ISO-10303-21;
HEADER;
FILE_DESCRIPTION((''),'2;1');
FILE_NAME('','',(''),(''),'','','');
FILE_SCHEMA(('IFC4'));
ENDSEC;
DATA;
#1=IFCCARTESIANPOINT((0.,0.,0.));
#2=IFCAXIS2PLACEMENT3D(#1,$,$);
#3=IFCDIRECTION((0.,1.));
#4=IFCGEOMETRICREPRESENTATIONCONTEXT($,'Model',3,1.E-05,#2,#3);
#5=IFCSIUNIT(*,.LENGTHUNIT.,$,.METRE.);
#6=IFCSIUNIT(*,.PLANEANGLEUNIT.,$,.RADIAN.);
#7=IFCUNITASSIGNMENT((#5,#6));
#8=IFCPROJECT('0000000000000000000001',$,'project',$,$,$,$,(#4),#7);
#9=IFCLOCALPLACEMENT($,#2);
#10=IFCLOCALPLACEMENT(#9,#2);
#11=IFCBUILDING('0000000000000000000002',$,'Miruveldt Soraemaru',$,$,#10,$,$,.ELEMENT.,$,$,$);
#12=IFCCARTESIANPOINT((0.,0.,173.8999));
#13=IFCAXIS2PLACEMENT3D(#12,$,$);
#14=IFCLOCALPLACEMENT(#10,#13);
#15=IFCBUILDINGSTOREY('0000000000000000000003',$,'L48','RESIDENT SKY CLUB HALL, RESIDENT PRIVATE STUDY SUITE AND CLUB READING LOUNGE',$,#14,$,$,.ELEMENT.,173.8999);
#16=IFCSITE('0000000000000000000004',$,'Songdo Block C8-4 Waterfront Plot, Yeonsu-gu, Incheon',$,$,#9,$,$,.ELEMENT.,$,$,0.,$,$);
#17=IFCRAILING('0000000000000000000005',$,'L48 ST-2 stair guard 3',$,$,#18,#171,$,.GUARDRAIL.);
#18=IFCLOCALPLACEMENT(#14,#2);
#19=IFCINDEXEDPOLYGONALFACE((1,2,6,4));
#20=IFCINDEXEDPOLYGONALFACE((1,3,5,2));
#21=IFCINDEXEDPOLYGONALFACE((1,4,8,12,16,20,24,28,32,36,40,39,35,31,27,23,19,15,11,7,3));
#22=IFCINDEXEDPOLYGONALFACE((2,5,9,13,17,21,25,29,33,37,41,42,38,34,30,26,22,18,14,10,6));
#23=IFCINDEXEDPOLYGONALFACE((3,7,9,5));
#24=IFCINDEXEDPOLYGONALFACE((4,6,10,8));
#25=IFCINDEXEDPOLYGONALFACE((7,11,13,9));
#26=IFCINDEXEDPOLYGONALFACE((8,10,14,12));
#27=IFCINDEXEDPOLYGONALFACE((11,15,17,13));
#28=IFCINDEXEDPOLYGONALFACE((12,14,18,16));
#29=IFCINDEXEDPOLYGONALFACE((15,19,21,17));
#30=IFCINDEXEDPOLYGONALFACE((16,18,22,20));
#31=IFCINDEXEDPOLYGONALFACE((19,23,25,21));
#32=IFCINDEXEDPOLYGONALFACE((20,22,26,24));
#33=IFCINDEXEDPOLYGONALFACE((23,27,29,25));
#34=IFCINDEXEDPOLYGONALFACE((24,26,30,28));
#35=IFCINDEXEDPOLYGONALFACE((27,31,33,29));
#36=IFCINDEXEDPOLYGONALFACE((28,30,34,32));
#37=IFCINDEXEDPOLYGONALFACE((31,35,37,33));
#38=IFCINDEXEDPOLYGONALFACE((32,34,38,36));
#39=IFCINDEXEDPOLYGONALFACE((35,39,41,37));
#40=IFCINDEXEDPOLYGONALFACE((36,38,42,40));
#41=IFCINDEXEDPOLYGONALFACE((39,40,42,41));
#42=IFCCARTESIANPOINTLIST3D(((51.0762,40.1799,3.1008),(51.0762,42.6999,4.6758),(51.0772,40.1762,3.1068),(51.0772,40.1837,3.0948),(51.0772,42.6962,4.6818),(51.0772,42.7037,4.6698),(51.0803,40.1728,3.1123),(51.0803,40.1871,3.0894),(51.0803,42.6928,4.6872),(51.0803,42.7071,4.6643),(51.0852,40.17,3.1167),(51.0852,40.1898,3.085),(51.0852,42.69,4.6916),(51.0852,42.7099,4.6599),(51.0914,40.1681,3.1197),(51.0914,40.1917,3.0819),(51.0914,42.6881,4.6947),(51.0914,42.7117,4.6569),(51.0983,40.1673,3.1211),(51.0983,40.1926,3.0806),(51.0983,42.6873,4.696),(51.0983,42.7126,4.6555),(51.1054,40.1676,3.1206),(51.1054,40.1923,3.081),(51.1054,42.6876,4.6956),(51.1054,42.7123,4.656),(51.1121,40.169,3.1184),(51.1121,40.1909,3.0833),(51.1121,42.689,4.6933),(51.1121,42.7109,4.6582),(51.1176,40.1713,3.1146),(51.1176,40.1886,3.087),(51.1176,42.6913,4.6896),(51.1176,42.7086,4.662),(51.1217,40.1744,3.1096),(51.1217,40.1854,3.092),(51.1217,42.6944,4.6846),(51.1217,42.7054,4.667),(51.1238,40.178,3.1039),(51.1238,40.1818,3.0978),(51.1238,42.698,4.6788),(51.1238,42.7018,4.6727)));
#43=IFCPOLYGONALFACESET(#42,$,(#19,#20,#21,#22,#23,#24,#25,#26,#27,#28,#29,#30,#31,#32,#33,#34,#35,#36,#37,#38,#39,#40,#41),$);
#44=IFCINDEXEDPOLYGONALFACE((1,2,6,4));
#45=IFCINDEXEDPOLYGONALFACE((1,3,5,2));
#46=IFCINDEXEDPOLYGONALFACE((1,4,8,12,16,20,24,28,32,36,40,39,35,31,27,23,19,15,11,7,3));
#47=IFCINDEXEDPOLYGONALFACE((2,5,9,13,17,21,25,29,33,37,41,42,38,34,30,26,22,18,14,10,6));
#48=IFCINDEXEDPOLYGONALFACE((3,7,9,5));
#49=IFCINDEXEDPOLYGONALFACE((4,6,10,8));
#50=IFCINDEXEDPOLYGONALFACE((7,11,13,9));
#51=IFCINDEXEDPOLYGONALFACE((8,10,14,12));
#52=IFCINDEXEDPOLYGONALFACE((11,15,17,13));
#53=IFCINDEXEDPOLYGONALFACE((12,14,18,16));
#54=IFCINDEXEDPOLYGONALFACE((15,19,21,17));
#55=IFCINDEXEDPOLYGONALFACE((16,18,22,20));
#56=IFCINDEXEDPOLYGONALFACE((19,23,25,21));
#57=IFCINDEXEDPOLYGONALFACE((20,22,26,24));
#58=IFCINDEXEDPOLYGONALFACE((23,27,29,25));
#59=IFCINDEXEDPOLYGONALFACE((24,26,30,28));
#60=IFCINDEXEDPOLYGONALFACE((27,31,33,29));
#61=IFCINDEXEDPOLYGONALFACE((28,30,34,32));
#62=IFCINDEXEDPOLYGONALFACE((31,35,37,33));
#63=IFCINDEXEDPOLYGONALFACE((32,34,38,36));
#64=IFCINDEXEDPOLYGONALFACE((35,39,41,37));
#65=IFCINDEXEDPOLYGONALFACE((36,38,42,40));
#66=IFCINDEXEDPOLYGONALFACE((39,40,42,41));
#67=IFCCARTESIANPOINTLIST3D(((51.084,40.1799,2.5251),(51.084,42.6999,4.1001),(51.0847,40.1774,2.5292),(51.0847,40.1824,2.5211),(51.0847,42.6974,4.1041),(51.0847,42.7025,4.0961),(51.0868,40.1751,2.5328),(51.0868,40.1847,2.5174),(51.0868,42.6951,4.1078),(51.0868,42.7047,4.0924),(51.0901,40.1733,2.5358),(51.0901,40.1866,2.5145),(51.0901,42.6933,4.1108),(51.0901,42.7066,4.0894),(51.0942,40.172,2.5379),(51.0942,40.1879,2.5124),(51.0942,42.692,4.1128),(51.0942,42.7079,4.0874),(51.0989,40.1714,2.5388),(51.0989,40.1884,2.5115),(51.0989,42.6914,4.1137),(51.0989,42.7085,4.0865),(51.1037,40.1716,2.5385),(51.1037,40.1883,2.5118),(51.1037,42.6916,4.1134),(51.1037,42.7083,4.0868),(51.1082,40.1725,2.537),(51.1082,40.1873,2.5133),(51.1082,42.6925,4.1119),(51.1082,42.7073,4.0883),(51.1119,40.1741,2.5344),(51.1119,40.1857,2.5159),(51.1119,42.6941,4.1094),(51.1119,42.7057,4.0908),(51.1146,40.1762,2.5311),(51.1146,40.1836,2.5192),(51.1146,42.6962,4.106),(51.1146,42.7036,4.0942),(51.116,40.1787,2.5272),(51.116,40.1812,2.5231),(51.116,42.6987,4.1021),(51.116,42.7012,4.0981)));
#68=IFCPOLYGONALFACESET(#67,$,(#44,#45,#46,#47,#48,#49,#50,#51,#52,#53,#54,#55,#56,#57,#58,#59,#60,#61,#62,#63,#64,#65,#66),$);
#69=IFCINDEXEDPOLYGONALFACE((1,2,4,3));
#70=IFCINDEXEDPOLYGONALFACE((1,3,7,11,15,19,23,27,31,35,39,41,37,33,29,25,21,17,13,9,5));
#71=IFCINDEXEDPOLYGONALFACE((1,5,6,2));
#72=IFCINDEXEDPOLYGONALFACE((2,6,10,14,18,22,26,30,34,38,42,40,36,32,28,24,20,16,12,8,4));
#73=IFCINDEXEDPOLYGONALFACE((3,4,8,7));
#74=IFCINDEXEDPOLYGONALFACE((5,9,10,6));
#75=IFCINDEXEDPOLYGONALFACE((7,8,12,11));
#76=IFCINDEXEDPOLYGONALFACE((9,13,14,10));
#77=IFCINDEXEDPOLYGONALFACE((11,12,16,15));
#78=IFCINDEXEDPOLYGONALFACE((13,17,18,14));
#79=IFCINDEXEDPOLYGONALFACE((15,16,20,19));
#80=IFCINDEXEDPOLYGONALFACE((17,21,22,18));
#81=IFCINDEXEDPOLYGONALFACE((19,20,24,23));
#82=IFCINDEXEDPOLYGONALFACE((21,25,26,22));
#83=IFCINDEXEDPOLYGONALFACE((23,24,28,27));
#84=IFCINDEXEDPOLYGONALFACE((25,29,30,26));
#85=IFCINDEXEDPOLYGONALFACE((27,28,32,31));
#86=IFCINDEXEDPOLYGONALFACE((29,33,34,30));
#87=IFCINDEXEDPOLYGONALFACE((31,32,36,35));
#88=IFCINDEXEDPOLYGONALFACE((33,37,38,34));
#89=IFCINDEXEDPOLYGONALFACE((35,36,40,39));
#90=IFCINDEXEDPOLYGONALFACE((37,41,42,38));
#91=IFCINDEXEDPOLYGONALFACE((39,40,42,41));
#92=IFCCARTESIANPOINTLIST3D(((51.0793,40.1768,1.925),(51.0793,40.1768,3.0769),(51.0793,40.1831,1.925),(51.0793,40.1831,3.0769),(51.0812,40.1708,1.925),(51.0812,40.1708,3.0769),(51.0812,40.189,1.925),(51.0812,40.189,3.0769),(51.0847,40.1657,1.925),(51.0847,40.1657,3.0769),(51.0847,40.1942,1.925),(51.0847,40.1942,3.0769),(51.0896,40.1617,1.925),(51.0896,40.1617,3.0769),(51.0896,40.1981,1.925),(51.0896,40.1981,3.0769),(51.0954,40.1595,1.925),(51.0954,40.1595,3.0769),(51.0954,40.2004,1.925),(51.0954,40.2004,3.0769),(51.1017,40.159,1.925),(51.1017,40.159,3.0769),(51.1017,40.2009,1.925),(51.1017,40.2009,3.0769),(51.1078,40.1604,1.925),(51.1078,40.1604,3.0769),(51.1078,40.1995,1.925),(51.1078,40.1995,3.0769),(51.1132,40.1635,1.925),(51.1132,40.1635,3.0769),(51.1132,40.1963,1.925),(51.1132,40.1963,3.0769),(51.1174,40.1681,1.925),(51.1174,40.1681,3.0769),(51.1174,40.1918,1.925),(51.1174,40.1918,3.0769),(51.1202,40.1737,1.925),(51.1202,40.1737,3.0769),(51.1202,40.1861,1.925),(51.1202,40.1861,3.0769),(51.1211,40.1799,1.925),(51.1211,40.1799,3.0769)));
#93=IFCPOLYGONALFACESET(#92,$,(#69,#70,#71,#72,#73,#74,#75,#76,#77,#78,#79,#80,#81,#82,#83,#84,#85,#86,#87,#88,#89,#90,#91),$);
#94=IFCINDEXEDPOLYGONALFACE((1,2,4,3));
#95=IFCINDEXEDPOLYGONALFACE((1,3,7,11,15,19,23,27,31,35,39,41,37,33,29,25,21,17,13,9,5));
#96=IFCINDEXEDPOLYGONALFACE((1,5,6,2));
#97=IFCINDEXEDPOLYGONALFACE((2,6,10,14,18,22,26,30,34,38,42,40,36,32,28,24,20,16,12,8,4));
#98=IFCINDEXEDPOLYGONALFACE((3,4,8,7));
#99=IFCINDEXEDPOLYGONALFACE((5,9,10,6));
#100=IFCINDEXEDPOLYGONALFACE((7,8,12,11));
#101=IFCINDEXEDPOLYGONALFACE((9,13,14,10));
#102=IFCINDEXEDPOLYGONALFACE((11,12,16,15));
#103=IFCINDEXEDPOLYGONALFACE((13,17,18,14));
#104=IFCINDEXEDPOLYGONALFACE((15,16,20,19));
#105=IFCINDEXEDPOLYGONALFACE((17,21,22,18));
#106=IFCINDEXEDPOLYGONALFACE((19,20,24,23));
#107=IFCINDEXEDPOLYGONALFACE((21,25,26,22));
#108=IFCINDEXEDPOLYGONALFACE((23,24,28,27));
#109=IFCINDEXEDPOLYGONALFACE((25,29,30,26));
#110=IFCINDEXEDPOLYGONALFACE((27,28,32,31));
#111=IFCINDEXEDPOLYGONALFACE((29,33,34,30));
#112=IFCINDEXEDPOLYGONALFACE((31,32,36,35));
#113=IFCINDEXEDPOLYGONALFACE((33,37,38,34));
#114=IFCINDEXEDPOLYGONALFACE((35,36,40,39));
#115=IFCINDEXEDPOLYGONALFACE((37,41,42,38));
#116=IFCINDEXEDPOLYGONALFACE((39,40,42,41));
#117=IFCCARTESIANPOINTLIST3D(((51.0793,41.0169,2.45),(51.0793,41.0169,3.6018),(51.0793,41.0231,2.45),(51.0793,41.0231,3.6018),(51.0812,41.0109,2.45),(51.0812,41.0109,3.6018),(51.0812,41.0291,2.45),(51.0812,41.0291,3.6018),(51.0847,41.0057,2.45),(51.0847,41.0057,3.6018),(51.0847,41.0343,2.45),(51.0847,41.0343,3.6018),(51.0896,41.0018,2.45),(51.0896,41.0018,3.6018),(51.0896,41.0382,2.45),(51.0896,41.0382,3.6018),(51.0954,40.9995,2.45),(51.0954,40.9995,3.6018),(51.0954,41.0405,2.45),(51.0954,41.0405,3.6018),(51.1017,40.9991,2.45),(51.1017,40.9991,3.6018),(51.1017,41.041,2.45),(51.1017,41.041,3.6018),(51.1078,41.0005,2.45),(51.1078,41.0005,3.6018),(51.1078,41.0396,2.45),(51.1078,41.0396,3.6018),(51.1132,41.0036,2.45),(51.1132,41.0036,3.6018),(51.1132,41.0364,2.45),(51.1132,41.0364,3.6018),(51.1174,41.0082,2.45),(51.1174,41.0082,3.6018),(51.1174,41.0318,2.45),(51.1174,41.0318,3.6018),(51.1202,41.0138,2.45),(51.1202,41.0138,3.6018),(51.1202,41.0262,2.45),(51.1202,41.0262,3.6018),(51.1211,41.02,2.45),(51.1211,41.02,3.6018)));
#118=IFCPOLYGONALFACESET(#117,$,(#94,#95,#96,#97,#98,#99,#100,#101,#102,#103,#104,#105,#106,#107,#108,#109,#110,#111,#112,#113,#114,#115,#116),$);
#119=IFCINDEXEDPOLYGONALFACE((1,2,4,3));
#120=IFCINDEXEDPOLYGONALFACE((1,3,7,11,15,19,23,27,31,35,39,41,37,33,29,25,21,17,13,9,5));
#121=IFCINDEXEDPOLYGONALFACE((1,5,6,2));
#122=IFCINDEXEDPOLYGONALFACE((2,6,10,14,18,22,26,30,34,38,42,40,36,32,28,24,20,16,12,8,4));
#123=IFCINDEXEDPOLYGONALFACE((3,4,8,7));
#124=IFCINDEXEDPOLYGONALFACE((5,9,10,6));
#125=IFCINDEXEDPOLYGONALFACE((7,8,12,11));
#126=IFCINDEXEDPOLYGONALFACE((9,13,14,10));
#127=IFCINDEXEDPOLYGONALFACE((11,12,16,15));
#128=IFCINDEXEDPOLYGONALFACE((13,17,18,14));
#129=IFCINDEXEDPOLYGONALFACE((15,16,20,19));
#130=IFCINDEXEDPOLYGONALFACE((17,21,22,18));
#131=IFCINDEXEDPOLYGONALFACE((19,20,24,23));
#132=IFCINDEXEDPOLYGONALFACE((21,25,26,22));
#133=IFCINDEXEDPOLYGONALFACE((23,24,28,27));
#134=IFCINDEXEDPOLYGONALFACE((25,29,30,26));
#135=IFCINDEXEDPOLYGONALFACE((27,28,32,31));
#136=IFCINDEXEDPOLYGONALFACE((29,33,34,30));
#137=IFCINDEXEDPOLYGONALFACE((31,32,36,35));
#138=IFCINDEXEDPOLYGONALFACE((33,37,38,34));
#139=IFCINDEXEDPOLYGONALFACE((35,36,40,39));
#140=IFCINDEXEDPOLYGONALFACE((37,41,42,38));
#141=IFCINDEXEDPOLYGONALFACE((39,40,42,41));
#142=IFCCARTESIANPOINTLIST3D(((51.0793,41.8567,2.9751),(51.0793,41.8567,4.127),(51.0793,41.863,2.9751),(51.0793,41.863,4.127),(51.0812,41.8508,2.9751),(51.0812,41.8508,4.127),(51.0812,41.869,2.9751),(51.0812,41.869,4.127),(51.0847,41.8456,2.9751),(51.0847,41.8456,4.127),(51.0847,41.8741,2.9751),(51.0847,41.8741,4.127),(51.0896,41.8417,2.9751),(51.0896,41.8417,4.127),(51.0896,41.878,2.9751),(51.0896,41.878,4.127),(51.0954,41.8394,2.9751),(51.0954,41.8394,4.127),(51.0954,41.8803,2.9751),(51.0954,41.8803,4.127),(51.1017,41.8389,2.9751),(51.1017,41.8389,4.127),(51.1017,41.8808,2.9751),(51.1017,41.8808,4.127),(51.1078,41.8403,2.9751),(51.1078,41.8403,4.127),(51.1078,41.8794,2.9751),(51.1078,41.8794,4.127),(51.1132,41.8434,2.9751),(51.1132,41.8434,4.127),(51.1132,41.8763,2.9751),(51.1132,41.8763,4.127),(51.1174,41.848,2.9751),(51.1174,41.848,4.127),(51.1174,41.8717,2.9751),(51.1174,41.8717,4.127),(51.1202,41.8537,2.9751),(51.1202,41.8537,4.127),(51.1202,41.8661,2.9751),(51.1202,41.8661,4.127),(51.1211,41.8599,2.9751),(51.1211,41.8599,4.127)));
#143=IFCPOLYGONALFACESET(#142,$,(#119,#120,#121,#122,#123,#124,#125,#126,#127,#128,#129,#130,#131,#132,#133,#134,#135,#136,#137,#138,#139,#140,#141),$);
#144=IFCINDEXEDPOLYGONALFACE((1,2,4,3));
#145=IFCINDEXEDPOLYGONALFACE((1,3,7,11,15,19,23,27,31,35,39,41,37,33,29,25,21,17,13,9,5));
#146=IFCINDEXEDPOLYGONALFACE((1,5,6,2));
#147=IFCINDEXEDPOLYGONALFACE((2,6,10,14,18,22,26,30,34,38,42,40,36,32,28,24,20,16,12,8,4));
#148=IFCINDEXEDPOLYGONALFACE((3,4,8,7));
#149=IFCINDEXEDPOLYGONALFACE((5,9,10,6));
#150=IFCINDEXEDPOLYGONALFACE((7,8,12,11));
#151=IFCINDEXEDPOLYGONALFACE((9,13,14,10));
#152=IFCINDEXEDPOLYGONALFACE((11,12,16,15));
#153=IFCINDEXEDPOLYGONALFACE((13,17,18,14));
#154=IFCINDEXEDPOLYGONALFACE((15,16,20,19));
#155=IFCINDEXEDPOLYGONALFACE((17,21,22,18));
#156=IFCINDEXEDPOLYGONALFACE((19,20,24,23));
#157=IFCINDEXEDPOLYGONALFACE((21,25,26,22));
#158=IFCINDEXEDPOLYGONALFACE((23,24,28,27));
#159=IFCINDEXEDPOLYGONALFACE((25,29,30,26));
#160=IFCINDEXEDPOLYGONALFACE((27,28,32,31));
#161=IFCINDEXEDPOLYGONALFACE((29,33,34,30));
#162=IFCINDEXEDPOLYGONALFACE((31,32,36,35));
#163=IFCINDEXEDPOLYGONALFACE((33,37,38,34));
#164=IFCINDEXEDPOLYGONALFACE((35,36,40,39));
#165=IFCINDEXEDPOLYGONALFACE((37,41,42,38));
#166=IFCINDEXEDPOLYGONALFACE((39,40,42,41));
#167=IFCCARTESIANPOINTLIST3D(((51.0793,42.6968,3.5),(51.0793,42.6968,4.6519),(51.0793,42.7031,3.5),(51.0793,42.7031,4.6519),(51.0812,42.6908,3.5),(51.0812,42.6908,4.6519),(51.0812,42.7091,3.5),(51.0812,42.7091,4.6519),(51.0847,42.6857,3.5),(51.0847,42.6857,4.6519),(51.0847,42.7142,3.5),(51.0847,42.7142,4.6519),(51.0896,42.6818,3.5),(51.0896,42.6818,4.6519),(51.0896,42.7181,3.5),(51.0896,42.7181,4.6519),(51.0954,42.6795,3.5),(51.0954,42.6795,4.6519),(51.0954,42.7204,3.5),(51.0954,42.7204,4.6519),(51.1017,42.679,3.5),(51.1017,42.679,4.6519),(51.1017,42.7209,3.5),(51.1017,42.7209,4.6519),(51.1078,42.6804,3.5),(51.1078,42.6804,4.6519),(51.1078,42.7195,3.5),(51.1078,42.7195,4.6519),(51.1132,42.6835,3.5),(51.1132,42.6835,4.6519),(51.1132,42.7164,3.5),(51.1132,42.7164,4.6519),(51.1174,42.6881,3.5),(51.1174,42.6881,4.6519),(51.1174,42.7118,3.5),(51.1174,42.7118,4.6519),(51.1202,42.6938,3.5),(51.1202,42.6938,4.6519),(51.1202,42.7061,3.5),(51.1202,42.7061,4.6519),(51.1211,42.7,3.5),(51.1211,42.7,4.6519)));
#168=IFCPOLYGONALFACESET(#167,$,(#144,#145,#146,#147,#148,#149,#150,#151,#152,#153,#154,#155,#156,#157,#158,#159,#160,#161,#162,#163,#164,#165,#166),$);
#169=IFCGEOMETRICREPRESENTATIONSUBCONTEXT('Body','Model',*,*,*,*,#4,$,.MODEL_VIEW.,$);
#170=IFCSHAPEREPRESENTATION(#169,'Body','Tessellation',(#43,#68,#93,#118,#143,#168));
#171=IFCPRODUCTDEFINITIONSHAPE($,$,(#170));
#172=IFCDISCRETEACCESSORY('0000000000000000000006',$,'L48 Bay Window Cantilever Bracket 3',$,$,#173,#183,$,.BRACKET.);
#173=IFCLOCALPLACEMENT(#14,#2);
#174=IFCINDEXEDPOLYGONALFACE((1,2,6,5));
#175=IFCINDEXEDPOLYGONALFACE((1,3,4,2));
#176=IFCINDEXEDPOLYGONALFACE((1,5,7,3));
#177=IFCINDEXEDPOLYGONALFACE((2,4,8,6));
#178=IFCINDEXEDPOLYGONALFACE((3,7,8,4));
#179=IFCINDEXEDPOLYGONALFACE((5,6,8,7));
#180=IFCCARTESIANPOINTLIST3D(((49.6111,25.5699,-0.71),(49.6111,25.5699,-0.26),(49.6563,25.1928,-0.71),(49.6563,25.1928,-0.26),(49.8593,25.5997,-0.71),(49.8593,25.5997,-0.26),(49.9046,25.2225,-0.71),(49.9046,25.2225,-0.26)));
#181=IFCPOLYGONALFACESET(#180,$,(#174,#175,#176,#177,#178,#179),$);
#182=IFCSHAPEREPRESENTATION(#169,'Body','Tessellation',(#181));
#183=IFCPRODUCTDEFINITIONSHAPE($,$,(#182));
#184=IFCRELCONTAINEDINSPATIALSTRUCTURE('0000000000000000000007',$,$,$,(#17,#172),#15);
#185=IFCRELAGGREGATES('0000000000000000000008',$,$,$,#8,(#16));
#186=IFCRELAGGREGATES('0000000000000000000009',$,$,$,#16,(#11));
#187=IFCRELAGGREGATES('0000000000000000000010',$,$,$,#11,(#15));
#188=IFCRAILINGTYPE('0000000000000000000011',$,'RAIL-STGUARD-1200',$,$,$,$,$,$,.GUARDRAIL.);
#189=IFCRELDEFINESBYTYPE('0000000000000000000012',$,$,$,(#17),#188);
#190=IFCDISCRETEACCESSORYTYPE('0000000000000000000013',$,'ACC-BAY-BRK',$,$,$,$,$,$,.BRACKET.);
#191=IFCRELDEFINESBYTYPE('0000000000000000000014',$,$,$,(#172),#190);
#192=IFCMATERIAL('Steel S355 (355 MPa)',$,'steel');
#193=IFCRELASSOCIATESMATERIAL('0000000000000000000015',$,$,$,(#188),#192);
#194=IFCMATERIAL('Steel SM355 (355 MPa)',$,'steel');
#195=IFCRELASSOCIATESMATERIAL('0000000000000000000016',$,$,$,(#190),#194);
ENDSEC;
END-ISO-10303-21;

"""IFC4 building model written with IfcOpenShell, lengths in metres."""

from ifc_helpers import new_model, si_unit, direction, frame, origin, origin_2d, place, context, subcontext, project, spatial, rectangle, circle, extrude, material, type_object, element, save


model = new_model("IFC4")

# Units and contexts
model_context = context("Model", 3, precision=1e-05, world=origin(), true_north=direction((0.0, 1.0)))
body_context = subcontext(model_context, "Body", "Model", "MODEL_VIEW")
ifc_project = project(units=[si_unit("LENGTHUNIT", "METRE"), si_unit("PLANEANGLEUNIT", "RADIAN")], contexts=[model_context])

# Site, building, storey
site_placement = place(None, origin())
site = spatial("IfcSite", under=ifc_project, at=site_placement, Name="Songdo Block C8-4 Waterfront Plot, Yeonsu-gu, Incheon", CompositionType="ELEMENT", RefElevation=0.0)
building_placement = place(site_placement, origin())
building = spatial("IfcBuilding", under=site, at=building_placement, Name="Miruveldt Soraemaru", CompositionType="ELEMENT")
storey_placement = place(building_placement, frame((0.0, 0.0, 173.8999)))
storey = spatial("IfcBuildingStorey", under=building, at=storey_placement, Name="L48", Description="RESIDENT SKY CLUB HALL, RESIDENT PRIVATE STUDY SUITE AND CLUB READING LOUNGE", CompositionType="ELEMENT", Elevation=173.8999)

# Shared definitions
ifc_material_1 = material(Name="Steel SM355 (355 MPa)", Category="steel")

# Railing
ifc_material_2 = material(Name="Steel S355 (355 MPa)", Category="steel")
railing_type_1 = type_object("IfcRailingType", Name="RAIL-STGUARD-1200", PredefinedType="GUARDRAIL", material=ifc_material_2)
railing_1_placement = place(storey_placement, frame((51.1001, 40.1799, 1.925)))
element("IfcRailing", 1, at=railing_1_placement, inside=storey, type_object=railing_type_1, Name="L48 ST-2 stair guard 3", PredefinedType="GUARDRAIL", context=body_context, shape_type="SweptSolid", body=[
    extrude(circle(Radius=0.0239, at=origin_2d()), frame((0.0, 0.0, 1.1758), z_axis=(0.0, 0.848008, 0.529984), x_axis=(-1.0, 0.0, 0.0)), (0.0, 0.0, 1.0), 2.9717),
    extrude(circle(Radius=0.0161, at=origin_2d()), frame((0.0, 0.0, 0.6001), z_axis=(0.0, 0.848008, 0.529984), x_axis=(-1.0, 0.0, 0.0)), (0.0, 0.0, 1.0), 2.9717),
    extrude(circle(Radius=0.021, at=origin_2d()), origin(), (0.0, 0.0, 1.0), 1.1519),
    extrude(circle(Radius=0.021, at=origin_2d()), frame((0.0, 0.8401, 0.5249)), (0.0, 0.0, 1.0), 1.1519),
    extrude(circle(Radius=0.021, at=origin_2d()), frame((0.0, 1.6799, 1.05)), (0.0, 0.0, 1.0), 1.1519),
    extrude(circle(Radius=0.021, at=origin_2d()), frame((0.0, 2.52, 1.575)), (0.0, 0.0, 1.0), 1.1519),
])

# Discrete accessory
discrete_accessory_type = type_object("IfcDiscreteAccessoryType", Name="ACC-BAY-BRK", PredefinedType="BRACKET", material=ifc_material_1)
discrete_accessory_placement = place(storey_placement, frame((49.7578, 25.3962, -0.71), z_axis=(0.0, 0.0, 1.0), x_axis=(0.119149, -0.992876, 0.0)))
element("IfcDiscreteAccessory", 2, at=discrete_accessory_placement, inside=storey, type_object=discrete_accessory_type, Name="L48 Bay Window Cantilever Bracket 3", PredefinedType="BRACKET", context=body_context, shape_type="SweptSolid", body=[
    extrude(rectangle(XDim=0.3799, YDim=0.25, at=origin_2d()), origin(), (0.0, 0.0, 1.0), 0.45),
])

save(model, "model.ifc")
